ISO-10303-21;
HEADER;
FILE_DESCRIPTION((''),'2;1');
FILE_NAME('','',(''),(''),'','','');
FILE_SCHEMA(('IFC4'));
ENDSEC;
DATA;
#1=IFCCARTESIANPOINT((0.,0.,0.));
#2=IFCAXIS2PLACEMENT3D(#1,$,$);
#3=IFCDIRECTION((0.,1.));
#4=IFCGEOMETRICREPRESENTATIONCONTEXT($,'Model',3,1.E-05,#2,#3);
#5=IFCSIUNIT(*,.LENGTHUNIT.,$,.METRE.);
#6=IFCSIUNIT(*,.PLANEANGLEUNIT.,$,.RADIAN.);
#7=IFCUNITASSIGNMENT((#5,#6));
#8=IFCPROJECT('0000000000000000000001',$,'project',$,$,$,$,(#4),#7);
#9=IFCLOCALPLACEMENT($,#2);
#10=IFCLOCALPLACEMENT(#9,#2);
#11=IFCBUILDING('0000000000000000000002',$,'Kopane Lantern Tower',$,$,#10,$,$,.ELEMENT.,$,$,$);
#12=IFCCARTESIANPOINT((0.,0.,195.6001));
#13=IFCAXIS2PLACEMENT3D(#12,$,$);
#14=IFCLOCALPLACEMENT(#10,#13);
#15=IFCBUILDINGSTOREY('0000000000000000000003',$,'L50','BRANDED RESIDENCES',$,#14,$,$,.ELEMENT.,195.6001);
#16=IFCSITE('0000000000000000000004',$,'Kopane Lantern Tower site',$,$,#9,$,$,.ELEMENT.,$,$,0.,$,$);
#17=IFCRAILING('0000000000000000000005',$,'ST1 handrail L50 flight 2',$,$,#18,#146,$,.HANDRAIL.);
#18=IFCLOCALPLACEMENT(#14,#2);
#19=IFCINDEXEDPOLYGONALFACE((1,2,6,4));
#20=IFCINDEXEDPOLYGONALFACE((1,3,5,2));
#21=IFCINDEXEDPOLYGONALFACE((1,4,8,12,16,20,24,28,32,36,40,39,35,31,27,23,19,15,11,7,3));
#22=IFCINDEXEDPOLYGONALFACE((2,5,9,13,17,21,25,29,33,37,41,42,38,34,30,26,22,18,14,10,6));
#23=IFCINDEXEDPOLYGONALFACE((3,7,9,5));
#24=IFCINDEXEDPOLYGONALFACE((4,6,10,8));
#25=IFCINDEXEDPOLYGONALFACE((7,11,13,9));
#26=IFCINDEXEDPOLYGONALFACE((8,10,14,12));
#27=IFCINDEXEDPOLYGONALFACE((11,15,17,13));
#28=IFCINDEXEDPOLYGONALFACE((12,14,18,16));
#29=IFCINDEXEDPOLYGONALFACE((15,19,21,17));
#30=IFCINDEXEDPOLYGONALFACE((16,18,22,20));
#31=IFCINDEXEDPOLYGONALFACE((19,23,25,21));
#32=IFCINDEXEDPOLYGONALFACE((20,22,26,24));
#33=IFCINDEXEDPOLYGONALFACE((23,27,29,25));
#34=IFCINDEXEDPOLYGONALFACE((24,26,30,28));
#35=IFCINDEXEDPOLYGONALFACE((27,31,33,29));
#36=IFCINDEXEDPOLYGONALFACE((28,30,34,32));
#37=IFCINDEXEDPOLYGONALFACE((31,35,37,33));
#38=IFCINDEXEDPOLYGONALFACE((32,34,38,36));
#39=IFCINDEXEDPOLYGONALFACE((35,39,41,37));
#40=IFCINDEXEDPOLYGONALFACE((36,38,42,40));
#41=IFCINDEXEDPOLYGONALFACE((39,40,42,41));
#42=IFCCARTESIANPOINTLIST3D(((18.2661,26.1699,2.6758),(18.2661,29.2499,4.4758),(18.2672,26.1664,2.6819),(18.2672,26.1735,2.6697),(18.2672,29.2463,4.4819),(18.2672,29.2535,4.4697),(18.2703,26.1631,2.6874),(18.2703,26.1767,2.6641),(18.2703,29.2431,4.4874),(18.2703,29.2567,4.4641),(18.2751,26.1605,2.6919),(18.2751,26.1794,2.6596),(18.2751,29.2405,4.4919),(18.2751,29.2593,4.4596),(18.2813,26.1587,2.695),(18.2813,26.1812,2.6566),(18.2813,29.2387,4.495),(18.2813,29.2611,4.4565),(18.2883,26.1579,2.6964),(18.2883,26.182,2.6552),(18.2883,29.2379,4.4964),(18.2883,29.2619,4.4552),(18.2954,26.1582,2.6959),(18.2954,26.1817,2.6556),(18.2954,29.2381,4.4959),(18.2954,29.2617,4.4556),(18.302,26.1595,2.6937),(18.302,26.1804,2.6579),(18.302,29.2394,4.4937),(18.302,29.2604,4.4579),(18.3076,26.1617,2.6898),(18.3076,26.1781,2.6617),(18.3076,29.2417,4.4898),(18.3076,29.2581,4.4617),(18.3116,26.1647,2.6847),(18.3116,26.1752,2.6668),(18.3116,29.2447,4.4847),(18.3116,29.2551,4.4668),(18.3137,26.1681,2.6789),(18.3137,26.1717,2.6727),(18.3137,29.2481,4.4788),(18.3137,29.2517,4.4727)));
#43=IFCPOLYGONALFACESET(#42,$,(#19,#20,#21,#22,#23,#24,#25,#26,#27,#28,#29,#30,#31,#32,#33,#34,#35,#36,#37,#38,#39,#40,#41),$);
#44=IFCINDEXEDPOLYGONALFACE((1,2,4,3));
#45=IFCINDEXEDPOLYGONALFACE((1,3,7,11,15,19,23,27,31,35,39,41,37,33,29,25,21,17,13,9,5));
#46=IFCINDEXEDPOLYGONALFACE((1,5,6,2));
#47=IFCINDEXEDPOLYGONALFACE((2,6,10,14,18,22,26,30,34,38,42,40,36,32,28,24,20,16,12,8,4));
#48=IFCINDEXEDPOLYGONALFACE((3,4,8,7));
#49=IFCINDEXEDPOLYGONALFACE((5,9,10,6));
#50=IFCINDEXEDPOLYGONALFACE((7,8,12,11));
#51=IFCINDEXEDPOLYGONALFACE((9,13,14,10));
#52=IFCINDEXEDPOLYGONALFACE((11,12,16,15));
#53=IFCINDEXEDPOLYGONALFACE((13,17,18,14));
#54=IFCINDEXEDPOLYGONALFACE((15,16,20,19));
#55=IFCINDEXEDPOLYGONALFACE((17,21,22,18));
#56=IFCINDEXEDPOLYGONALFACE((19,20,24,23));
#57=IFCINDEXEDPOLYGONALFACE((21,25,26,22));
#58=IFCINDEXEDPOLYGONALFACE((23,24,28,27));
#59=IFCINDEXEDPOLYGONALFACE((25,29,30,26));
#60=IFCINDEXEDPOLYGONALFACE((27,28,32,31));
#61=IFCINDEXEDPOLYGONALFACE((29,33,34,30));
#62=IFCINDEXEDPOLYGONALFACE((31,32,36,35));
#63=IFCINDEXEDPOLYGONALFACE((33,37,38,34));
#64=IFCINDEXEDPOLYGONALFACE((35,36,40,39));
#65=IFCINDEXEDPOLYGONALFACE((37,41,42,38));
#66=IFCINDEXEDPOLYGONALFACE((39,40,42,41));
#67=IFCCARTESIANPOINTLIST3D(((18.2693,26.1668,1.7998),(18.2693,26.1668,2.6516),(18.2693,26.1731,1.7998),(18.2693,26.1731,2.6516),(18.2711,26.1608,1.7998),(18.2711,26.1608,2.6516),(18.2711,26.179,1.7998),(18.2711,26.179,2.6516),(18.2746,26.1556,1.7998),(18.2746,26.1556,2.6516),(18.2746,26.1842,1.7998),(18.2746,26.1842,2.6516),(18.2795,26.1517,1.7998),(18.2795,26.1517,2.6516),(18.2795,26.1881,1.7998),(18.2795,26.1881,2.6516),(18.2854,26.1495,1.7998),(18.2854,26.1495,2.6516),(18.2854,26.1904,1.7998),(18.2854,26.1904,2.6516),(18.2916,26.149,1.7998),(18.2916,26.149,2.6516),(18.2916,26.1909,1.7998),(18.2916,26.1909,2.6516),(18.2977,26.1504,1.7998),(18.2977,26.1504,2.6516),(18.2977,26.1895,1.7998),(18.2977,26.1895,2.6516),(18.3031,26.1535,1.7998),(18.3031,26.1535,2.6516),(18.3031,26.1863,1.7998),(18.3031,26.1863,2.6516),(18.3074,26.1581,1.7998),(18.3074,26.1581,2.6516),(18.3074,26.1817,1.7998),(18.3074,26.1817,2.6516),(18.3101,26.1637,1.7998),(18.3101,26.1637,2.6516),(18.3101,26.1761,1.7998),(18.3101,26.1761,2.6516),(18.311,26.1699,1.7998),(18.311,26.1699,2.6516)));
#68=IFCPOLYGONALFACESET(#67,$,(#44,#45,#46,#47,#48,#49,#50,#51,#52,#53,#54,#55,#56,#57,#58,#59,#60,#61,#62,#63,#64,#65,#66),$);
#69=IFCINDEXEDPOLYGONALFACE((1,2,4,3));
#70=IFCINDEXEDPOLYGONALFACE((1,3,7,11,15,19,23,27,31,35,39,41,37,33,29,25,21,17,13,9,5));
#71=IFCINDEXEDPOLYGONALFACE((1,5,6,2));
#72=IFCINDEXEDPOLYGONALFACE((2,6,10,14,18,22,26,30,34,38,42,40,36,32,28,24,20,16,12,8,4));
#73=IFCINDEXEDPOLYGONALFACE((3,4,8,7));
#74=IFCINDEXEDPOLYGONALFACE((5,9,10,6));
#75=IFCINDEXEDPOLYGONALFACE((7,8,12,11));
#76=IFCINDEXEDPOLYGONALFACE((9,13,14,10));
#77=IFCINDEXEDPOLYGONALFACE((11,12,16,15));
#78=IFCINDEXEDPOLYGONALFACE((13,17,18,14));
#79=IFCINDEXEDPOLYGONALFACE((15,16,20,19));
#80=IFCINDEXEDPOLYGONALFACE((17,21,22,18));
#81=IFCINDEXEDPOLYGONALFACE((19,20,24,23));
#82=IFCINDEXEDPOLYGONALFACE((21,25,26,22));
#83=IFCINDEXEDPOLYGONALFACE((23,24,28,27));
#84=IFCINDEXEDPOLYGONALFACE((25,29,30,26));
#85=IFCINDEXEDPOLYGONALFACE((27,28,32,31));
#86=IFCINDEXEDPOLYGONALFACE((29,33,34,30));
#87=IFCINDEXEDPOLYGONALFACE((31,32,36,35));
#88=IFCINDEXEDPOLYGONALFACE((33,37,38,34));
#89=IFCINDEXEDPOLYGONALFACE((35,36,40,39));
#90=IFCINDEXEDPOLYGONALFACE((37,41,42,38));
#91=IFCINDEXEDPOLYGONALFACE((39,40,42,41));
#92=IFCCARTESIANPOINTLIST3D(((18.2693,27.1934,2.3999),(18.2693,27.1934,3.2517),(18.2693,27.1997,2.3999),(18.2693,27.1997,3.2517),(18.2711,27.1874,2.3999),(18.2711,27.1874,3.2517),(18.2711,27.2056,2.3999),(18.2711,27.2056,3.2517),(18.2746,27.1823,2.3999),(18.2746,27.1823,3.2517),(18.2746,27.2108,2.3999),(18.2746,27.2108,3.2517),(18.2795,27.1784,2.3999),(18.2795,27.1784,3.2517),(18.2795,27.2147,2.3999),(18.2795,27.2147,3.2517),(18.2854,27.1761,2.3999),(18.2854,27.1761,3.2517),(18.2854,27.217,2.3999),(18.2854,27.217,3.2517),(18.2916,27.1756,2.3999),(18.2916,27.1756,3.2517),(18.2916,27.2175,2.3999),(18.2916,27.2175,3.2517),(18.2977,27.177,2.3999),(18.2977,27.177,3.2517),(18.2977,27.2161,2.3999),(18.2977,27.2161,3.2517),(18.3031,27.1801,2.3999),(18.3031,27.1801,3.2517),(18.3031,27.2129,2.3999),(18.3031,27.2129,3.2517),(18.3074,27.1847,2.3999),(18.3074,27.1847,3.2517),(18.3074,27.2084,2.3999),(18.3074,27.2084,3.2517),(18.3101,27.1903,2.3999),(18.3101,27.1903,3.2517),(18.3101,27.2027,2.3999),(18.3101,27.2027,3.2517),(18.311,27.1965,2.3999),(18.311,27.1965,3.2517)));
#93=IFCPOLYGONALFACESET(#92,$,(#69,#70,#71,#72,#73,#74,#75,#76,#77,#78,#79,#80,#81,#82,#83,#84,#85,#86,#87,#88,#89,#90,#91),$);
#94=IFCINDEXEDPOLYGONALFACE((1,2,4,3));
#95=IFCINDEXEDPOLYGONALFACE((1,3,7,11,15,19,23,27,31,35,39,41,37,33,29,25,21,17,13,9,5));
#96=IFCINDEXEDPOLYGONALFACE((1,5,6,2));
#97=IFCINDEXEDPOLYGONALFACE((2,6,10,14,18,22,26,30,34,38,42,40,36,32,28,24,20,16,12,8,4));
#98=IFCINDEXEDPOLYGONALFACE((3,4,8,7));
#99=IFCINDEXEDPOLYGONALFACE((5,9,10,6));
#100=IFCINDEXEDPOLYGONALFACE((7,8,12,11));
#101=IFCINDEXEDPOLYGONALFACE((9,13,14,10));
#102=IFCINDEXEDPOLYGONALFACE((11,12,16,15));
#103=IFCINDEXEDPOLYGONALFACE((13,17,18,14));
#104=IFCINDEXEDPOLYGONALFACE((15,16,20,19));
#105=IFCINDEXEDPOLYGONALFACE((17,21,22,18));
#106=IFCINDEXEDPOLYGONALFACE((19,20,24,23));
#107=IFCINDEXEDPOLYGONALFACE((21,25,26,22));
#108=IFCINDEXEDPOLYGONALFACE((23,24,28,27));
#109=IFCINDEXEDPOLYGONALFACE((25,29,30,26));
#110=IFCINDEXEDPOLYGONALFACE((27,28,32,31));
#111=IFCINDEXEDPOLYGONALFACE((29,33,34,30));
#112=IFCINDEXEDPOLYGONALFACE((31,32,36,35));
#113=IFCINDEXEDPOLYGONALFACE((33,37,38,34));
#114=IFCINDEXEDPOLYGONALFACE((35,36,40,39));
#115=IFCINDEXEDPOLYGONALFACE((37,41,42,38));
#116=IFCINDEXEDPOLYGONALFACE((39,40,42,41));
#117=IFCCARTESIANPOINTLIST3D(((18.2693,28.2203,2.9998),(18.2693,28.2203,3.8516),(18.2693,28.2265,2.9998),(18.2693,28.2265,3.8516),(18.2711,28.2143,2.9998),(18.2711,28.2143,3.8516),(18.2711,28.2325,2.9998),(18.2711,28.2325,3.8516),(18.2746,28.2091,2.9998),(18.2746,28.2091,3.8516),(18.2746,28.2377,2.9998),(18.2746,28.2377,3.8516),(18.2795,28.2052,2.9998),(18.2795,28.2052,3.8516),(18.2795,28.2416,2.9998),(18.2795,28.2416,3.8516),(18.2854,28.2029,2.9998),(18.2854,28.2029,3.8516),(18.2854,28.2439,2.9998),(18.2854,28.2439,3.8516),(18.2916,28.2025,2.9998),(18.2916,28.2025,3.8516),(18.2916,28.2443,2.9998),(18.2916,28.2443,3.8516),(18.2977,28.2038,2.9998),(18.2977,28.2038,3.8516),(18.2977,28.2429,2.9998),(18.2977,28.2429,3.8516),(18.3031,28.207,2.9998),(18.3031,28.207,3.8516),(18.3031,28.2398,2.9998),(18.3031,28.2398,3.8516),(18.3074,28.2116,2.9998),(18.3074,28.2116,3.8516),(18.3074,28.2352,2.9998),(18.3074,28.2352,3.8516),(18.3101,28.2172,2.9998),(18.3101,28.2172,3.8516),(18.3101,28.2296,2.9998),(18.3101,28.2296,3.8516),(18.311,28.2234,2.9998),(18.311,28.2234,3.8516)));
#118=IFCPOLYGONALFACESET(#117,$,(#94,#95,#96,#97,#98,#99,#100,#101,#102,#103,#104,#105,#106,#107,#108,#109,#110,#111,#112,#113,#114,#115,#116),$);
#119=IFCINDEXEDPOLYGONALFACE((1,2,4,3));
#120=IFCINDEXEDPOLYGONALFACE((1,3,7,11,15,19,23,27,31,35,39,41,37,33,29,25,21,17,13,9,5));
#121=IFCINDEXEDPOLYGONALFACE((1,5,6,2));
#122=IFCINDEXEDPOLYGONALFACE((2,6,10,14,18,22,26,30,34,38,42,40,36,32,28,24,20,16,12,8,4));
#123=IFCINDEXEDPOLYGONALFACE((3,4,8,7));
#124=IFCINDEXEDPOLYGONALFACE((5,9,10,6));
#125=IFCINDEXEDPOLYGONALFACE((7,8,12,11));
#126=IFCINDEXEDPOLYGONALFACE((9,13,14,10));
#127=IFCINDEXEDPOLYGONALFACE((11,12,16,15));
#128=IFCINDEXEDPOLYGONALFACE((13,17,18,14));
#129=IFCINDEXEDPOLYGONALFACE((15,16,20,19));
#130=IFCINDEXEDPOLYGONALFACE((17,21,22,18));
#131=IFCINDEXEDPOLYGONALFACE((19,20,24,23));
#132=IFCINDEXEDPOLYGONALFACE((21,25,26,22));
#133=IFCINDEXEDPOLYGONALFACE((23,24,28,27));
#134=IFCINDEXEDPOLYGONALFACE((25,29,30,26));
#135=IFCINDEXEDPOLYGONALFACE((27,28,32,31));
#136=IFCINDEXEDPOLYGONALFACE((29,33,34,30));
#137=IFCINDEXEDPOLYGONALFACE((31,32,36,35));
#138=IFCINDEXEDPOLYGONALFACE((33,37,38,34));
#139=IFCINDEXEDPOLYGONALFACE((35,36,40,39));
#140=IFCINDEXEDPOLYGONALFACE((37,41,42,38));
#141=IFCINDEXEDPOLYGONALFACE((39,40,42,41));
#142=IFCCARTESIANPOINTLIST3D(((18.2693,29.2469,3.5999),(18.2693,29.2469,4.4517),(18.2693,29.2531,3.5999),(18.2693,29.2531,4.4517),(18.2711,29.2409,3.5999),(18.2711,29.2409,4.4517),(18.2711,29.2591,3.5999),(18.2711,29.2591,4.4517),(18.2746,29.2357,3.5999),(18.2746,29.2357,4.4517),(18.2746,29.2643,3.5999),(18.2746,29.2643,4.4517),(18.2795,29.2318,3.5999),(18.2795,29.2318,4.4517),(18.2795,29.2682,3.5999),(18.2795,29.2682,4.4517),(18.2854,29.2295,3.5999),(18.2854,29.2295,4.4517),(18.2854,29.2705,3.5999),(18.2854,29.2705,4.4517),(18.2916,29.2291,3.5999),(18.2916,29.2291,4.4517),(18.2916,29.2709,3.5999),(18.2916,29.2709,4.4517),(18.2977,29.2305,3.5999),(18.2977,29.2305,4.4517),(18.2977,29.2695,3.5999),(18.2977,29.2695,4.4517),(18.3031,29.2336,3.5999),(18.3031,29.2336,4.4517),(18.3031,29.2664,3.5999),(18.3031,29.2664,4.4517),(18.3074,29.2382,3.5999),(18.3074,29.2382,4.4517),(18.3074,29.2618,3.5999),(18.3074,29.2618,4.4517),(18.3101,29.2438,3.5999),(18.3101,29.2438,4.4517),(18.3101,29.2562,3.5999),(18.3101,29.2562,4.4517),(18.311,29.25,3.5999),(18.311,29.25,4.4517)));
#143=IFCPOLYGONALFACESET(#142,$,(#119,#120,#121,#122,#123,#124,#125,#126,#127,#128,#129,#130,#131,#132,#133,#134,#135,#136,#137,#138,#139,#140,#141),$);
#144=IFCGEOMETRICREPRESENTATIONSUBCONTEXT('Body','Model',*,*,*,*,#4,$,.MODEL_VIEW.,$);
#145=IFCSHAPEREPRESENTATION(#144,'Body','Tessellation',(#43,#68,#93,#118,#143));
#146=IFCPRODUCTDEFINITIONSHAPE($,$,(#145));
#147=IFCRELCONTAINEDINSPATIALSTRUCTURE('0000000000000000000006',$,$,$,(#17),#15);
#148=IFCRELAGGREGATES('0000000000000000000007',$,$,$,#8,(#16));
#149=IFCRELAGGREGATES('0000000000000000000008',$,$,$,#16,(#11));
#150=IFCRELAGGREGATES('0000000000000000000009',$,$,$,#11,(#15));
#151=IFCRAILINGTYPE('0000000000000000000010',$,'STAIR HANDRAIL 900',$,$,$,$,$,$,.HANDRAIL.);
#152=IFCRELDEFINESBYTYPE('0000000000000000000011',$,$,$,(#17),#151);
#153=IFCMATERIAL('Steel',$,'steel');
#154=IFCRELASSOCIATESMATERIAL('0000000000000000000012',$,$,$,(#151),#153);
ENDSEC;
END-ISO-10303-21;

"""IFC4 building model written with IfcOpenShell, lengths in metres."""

from ifc_helpers import new_model, si_unit, direction, frame, origin, origin_2d, place, context, subcontext, project, spatial, circle, extrude, material, type_object, element, save


model = new_model("IFC4")

# Units and contexts
model_context = context("Model", 3, precision=1e-05, world=origin(), true_north=direction((0.0, 1.0)))
body_context = subcontext(model_context, "Body", "Model", "MODEL_VIEW")
ifc_project = project(units=[si_unit("LENGTHUNIT", "METRE"), si_unit("PLANEANGLEUNIT", "RADIAN")], contexts=[model_context])

# Site, building, storey
site_placement = place(None, origin())
site = spatial("IfcSite", under=ifc_project, at=site_placement, Name="Kopane Lantern Tower site", CompositionType="ELEMENT", RefElevation=0.0)
building_placement = place(site_placement, origin())
building = spatial("IfcBuilding", under=site, at=building_placement, Name="Kopane Lantern Tower", CompositionType="ELEMENT")
storey_placement = place(building_placement, frame((0.0, 0.0, 195.6001)))
storey = spatial("IfcBuildingStorey", under=building, at=storey_placement, Name="L50", Description="BRANDED RESIDENCES", CompositionType="ELEMENT", Elevation=195.6001)

# Railing
ifc_material_1 = material(Name="Steel", Category="steel")
railing_type_1 = type_object("IfcRailingType", Name="STAIR HANDRAIL 900", PredefinedType="HANDRAIL", material=ifc_material_1)
for number, where, name in (
    (1, (18.29, 26.1699, 1.7998), "ST1 handrail L50 flight 2"),
):
    element("IfcRailing", number, at=place(storey_placement, frame(where)), inside=storey, type_object=railing_type_1, Name=name, PredefinedType="HANDRAIL", context=body_context, shape_type="SweptSolid", body=[
        extrude(circle(Radius=0.0239, at=origin_2d()), frame((0.0, 0.0, 0.876), z_axis=(0.0, 0.863372, 0.504569), x_axis=(-1.0, 0.0, 0.0)), (0.0, 0.0, 1.0), 3.5674),
        extrude(circle(Radius=0.021, at=origin_2d()), origin(), (0.0, 0.0, 1.0), 0.8518),
        extrude(circle(Radius=0.021, at=origin_2d()), frame((0.0, 1.0266, 0.6001)), (0.0, 0.0, 1.0), 0.8518),
        extrude(circle(Radius=0.021, at=origin_2d()), frame((0.0, 2.0535, 1.2)), (0.0, 0.0, 1.0), 0.8518),
        extrude(circle(Radius=0.021, at=origin_2d()), frame((0.0, 3.0801, 1.8)), (0.0, 0.0, 1.0), 0.8518),
    ])

save(model, "model.ifc")
